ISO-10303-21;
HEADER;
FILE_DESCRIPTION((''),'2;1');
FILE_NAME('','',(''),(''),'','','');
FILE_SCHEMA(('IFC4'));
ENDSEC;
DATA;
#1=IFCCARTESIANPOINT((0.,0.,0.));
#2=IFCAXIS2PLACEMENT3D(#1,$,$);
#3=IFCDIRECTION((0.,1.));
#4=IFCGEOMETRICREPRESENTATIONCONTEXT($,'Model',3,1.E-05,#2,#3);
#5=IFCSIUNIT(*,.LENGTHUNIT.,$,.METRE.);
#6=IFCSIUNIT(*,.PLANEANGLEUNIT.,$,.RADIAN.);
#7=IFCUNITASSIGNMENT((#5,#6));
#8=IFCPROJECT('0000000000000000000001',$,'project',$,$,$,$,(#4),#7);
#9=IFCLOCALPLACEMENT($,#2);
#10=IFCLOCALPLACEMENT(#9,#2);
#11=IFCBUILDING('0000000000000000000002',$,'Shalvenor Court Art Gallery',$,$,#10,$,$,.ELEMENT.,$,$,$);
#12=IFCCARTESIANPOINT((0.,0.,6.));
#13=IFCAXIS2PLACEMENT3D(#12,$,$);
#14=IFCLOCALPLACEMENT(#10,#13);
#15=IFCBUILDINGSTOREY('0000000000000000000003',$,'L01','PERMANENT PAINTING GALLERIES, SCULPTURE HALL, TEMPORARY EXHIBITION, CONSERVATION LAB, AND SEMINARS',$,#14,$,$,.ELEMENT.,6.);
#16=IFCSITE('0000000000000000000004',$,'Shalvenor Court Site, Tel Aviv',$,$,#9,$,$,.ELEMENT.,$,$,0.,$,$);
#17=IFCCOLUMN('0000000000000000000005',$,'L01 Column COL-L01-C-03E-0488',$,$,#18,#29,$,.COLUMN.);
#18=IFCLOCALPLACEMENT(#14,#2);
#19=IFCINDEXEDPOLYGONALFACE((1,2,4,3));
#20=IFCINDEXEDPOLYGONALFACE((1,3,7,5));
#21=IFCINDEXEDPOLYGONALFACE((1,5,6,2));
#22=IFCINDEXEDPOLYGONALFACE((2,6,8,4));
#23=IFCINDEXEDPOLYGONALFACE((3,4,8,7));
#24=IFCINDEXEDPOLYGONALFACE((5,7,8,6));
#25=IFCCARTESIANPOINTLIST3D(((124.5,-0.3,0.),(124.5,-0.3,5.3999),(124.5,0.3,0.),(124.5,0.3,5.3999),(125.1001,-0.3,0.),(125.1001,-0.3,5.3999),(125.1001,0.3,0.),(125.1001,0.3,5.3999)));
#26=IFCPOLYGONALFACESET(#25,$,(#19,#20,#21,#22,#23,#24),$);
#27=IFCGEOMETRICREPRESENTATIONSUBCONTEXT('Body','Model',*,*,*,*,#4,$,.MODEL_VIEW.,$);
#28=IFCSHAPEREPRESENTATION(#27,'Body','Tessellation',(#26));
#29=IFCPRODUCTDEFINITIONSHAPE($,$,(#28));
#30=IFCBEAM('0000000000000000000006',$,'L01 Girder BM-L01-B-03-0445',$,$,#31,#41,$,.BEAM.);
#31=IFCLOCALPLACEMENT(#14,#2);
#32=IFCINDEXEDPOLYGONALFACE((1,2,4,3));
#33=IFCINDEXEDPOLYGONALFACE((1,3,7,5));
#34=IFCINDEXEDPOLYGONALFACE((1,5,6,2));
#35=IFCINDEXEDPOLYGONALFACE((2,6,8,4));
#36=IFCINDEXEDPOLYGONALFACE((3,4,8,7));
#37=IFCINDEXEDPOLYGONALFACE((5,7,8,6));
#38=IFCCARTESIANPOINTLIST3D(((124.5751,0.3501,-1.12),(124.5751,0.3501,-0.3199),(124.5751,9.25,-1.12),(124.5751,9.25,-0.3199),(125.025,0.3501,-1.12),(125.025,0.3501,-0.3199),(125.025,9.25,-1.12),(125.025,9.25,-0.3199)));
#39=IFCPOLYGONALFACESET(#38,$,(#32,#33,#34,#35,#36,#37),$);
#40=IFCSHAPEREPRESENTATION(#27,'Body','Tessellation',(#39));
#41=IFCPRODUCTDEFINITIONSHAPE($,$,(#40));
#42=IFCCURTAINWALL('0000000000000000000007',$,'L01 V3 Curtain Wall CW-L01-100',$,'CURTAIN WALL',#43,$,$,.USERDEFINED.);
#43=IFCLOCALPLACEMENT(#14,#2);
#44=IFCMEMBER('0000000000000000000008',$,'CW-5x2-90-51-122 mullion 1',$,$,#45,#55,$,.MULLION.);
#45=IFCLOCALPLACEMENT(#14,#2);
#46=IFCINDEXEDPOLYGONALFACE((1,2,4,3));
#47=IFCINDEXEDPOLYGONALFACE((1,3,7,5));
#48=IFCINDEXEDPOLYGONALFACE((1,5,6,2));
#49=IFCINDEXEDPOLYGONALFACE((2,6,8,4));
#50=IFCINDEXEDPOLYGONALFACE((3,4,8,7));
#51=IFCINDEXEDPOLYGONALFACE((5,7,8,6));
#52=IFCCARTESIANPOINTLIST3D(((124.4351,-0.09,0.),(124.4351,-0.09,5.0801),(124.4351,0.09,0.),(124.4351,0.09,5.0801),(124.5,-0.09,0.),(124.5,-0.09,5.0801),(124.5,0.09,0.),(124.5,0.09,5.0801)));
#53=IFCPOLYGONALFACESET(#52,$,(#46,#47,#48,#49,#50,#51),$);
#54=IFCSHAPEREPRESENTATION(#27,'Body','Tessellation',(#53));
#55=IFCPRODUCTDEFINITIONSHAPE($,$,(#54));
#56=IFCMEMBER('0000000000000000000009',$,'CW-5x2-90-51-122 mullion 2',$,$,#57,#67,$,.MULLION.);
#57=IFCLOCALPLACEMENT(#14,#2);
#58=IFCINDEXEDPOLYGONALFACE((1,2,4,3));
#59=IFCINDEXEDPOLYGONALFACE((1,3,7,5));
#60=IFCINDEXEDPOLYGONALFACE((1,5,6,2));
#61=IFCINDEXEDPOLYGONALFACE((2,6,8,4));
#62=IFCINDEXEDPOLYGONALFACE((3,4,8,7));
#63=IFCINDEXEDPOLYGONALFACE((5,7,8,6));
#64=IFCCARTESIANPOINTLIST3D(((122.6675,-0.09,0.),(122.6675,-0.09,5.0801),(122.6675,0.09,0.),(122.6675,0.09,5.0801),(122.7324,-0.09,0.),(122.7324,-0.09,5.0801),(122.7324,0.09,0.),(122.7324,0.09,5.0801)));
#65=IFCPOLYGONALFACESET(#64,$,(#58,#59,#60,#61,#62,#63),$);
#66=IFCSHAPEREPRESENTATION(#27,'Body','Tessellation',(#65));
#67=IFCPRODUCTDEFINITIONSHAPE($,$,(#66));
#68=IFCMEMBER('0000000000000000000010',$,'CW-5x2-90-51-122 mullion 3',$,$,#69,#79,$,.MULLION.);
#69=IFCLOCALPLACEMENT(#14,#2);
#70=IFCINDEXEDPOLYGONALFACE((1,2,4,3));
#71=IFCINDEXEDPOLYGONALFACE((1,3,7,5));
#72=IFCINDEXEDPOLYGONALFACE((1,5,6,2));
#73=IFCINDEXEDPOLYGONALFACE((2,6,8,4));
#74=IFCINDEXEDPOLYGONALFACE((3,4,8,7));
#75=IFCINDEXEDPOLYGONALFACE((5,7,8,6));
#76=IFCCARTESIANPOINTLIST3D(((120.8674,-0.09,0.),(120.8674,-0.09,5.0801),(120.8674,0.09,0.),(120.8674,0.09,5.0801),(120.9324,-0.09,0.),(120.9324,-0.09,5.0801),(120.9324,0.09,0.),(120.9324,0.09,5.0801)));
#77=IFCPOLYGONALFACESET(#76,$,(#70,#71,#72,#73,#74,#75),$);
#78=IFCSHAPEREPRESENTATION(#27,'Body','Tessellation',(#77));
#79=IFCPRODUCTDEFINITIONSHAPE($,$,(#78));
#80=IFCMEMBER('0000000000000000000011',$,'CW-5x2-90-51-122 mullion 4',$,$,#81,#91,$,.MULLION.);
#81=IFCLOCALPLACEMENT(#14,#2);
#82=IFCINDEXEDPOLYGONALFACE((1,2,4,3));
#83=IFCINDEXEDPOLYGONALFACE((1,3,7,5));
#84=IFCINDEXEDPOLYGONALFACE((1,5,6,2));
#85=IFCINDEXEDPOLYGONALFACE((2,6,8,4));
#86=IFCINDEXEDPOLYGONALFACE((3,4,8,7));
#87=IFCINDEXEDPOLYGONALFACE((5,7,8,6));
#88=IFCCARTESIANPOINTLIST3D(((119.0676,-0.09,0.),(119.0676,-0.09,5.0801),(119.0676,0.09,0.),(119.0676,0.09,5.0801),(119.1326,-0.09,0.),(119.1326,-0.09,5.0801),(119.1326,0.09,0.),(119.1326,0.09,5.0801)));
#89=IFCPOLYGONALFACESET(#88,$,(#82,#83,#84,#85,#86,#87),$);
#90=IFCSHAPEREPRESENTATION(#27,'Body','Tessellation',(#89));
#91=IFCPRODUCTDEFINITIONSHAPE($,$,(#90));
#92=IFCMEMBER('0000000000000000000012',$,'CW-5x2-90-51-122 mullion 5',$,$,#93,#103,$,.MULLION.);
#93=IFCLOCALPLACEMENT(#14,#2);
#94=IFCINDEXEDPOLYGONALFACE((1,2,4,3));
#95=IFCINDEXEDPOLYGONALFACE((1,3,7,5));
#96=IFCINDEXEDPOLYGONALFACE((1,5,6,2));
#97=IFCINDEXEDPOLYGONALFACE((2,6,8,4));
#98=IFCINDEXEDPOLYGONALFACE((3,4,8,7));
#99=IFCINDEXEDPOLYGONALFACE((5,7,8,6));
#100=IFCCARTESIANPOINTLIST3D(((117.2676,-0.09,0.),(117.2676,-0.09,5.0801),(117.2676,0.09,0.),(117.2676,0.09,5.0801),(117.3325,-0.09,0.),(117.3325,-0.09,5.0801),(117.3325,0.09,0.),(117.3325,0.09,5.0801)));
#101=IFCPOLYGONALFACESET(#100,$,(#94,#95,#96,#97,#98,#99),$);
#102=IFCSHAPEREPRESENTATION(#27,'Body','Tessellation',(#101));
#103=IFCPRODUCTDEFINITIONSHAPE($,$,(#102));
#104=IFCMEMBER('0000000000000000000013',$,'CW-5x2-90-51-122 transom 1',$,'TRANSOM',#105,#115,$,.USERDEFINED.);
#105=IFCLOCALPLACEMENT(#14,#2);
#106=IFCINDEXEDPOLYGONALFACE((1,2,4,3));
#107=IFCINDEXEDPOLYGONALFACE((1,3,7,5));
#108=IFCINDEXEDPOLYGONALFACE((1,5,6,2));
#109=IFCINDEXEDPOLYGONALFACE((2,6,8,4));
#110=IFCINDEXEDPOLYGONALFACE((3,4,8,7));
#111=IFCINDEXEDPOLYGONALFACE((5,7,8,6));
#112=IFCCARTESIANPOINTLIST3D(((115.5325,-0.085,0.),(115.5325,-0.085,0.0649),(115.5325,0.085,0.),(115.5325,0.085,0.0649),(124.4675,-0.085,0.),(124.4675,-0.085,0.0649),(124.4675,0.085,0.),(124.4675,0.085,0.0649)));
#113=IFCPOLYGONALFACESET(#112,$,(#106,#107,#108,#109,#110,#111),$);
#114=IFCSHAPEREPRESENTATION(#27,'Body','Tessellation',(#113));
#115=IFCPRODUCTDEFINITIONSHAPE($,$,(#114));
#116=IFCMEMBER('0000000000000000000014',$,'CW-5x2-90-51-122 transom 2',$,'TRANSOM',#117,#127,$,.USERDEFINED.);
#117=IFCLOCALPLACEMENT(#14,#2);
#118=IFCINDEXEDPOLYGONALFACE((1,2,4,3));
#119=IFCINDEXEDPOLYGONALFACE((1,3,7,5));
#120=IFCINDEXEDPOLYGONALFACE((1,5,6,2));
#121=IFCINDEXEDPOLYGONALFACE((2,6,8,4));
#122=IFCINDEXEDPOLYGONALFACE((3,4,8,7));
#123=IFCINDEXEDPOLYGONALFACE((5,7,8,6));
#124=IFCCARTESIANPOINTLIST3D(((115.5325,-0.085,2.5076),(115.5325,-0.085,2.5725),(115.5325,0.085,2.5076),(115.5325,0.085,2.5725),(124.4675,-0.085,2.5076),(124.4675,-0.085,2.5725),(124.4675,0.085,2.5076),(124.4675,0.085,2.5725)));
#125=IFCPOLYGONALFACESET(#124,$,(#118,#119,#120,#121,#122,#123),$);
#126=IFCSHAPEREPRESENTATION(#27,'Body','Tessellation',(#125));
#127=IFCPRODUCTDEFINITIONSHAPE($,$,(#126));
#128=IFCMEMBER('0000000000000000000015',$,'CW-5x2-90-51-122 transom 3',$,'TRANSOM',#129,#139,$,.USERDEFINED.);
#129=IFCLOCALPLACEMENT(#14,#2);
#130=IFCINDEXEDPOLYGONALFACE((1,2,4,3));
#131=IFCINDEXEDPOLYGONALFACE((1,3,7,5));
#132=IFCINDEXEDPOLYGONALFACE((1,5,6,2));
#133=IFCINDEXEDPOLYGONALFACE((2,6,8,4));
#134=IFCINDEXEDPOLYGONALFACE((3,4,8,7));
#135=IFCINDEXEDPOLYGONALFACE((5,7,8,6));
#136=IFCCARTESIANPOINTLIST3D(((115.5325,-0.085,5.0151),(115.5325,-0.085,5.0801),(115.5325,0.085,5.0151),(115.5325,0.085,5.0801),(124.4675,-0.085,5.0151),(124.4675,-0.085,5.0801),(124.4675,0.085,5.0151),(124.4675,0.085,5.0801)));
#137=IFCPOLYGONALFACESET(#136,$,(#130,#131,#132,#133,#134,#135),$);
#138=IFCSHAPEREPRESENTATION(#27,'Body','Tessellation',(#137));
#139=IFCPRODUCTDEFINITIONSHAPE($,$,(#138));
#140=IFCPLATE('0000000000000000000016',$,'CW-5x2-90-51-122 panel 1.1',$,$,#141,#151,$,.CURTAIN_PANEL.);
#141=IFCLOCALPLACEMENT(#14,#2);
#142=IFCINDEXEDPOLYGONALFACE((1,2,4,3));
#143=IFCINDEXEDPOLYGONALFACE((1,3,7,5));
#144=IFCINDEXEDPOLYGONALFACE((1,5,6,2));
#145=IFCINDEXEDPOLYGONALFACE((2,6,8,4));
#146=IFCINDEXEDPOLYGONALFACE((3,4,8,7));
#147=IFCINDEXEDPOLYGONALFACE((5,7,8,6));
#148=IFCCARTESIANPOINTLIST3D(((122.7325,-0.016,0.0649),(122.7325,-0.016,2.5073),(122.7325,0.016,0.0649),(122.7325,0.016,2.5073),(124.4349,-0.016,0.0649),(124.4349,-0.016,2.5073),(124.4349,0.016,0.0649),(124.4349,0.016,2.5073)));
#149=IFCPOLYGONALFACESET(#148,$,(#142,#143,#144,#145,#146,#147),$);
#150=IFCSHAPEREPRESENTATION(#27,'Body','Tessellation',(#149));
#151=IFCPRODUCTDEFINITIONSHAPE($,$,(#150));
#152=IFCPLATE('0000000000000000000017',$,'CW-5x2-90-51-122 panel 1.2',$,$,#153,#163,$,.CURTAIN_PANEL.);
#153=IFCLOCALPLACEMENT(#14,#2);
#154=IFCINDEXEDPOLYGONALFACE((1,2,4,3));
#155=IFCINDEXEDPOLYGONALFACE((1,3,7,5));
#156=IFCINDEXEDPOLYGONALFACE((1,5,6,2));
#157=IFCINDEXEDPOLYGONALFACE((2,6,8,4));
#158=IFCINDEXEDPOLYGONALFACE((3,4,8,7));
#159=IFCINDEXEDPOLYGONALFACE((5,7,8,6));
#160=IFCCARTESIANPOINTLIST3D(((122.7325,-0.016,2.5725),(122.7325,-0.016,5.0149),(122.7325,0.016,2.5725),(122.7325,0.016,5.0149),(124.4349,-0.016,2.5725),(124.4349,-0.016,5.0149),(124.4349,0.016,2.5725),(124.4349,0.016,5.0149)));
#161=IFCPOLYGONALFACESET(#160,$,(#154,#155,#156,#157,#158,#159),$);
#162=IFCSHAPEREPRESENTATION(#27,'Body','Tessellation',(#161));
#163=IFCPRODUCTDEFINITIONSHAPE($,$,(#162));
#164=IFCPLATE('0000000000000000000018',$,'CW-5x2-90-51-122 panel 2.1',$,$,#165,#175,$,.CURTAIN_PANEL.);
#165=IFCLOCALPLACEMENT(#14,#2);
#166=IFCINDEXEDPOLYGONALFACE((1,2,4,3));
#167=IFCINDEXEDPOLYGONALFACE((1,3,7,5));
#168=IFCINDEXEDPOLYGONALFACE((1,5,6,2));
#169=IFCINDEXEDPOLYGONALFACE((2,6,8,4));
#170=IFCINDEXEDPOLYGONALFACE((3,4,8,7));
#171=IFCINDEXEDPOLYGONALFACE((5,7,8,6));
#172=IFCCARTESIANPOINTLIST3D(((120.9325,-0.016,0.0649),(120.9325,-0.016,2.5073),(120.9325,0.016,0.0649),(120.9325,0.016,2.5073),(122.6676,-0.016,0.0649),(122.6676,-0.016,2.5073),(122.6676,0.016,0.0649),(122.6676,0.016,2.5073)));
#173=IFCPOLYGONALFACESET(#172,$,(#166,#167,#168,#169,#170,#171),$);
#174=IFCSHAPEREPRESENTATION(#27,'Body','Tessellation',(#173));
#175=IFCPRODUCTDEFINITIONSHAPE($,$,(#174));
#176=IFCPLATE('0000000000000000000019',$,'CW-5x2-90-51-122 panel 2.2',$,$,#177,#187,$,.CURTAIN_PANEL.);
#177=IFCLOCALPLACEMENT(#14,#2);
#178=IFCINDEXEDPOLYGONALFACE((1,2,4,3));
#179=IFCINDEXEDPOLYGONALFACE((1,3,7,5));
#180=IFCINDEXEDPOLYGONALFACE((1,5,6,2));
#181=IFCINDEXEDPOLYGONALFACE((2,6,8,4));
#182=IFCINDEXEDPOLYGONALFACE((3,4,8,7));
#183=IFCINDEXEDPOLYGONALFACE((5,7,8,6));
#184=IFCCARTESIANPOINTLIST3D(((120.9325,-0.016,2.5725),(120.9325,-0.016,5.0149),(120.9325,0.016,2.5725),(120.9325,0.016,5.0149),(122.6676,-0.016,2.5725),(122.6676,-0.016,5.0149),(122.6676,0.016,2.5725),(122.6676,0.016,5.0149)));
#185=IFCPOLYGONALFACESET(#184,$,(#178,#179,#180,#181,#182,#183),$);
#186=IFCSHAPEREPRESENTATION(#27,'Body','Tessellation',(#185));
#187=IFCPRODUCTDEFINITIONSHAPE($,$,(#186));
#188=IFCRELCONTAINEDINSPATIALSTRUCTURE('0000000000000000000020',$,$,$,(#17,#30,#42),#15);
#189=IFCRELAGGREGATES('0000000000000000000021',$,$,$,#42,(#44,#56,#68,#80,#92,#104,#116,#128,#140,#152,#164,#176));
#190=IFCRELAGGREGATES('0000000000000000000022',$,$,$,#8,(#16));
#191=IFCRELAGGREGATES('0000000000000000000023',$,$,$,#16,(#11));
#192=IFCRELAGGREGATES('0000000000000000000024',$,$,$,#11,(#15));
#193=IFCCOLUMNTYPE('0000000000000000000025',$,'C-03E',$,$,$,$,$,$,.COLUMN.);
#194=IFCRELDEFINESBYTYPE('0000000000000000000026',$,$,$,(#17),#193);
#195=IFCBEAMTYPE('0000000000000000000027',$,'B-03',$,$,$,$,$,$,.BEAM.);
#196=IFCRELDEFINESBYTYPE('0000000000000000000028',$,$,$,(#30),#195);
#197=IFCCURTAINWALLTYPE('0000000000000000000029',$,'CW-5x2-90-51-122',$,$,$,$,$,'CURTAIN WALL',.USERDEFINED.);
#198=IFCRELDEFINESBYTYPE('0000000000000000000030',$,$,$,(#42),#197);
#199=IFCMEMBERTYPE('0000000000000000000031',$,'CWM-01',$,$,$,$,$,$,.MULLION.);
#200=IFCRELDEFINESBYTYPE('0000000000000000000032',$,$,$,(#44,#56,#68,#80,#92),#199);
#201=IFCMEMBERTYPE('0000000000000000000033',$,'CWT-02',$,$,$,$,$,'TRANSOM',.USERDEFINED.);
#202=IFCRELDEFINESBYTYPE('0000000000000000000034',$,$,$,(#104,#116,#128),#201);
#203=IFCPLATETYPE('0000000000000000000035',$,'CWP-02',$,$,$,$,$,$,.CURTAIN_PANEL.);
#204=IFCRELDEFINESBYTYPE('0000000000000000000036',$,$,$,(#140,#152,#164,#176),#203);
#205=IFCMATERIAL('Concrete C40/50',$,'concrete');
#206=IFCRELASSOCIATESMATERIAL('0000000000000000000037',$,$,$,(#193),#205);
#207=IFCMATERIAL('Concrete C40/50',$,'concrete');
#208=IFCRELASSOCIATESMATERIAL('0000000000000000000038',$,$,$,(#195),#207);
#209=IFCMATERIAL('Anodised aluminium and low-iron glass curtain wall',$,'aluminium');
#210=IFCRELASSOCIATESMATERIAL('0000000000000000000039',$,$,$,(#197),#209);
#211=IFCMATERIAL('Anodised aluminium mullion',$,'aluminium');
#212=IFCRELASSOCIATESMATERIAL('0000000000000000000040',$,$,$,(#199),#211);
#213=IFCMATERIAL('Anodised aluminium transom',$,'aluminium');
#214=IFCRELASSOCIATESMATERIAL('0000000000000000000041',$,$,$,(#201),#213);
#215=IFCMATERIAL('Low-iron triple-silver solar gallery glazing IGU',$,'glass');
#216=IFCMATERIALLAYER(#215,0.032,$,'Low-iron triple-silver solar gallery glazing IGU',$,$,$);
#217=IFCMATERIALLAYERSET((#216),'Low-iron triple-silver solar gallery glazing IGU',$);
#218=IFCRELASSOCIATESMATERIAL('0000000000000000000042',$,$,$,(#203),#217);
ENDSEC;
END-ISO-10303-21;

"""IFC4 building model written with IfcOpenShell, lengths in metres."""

from ifc_helpers import new_model, si_unit, direction, frame, origin, origin_2d, place, context, subcontext, project, spatial, rectangle, extrude, material, layer, layer_set, material_profile, profile_set, type_object, element, aggregate, save


model = new_model("IFC4")

# Units and contexts
model_context = context("Model", 3, precision=1e-05, world=origin(), true_north=direction((0.0, 1.0)))
body_context = subcontext(model_context, "Body", "Model", "MODEL_VIEW")
ifc_project = project(units=[si_unit("LENGTHUNIT", "METRE"), si_unit("PLANEANGLEUNIT", "RADIAN")], contexts=[model_context])

# Site, building, storey
site_placement = place(None, origin())
site = spatial("IfcSite", under=ifc_project, at=site_placement, Name="Shalvenor Court Site, Tel Aviv", CompositionType="ELEMENT", RefElevation=0.0)
building_placement = place(site_placement, origin())
building = spatial("IfcBuilding", under=site, at=building_placement, Name="Shalvenor Court Art Gallery", CompositionType="ELEMENT")
storey_placement = place(building_placement, frame((0.0, 0.0, 6.0)))
storey = spatial("IfcBuildingStorey", under=building, at=storey_placement, Name="L01", Description="PERMANENT PAINTING GALLERIES, SCULPTURE HALL, TEMPORARY EXHIBITION, CONSERVATION LAB, AND SEMINARS", CompositionType="ELEMENT", Elevation=6.0)

# Column
ifc_material_1 = material(Name="Concrete C40/50", Category="concrete")
ifc_material_profile_1 = material_profile(ifc_material_1, rectangle(XDim=0.6001, YDim=0.6001, at=origin_2d()), Name="RC 600x600")
ifc_profile_set_1 = profile_set([ifc_material_profile_1], Name="Concrete C40/50")
column_type = type_object("IfcColumnType", Name="C-03E", PredefinedType="COLUMN", material=ifc_profile_set_1)
column_placement = place(storey_placement, frame((124.8, 0.0, 0.0), z_axis=(0.0, 0.0, 1.0), x_axis=(1.0, 0.0, 0.0)))
element("IfcColumn", 1, at=column_placement, inside=storey, type_object=column_type, Name="L01 Column COL-L01-C-03E-0488", PredefinedType="COLUMN", context=body_context, shape_type="SweptSolid", body=[
    extrude(rectangle(XDim=0.6001, YDim=0.6001, at=origin_2d()), origin(), (0.0, 0.0, 1.0), 5.3999),
])

# Beam
ifc_material_2 = material(Name="Concrete C40/50", Category="concrete")
ifc_material_profile_2 = material_profile(ifc_material_2, rectangle(XDim=0.45, YDim=0.8, at=origin_2d()), Name="RC 450x800")
ifc_profile_set_2 = profile_set([ifc_material_profile_2], Name="Concrete C40/50")
beam_type = type_object("IfcBeamType", Name="B-03", PredefinedType="BEAM", material=ifc_profile_set_2)
beam_placement = place(storey_placement, frame((124.8, 0.3501, -0.72), z_axis=(0.0, 1.0, 0.0), x_axis=(-1.0, 0.0, 0.0)))
element("IfcBeam", 2, at=beam_placement, inside=storey, type_object=beam_type, Name="L01 Girder BM-L01-B-03-0445", PredefinedType="BEAM", context=body_context, shape_type="SweptSolid", body=[
    extrude(rectangle(XDim=0.45, YDim=0.8, at=origin_2d()), origin(), (0.0, 0.0, 1.0), 8.8999),
])

# Curtain wall, members, plates
ifc_material_3 = material(Name="Anodised aluminium and low-iron glass curtain wall", Category="aluminium")
curtain_wall_type = type_object("IfcCurtainWallType", Name="CW-5x2-90-51-122", ElementType="CURTAIN WALL", PredefinedType="USERDEFINED", material=ifc_material_3)
curtain_wall_placement = place(storey_placement, origin())
curtain_wall = element("IfcCurtainWall", 3, at=curtain_wall_placement, inside=storey, type_object=curtain_wall_type, Name="L01 V3 Curtain Wall CW-L01-100", ObjectType="CURTAIN WALL", PredefinedType="USERDEFINED")
ifc_material_4 = material(Name="Anodised aluminium mullion", Category="aluminium")
ifc_material_profile_3 = material_profile(ifc_material_4, rectangle(XDim=0.0649, YDim=0.1799, at=origin_2d()), Name="CWM-01")
ifc_profile_set_3 = profile_set([ifc_material_profile_3], Name="Anodised aluminium mullion")
member_type_1 = type_object("IfcMemberType", Name="CWM-01", PredefinedType="MULLION", material=ifc_profile_set_3)
member_1_placement = place(storey_placement, frame((124.4675, 0.0, 0.0), z_axis=(0.0, 0.0, 1.0), x_axis=(-1.0, 0.0, 0.0)))
member_1 = element("IfcMember", 4, at=member_1_placement, type_object=member_type_1, Name="CW-5x2-90-51-122 mullion 1", PredefinedType="MULLION", context=body_context, shape_type="SweptSolid", body=[
    extrude(rectangle(XDim=0.0649, YDim=0.1799, at=origin_2d()), origin(), (0.0, 0.0, 1.0), 5.0801),
])
member_2_placement = place(storey_placement, frame((122.7, 0.0, 0.0), z_axis=(0.0, 0.0, 1.0), x_axis=(-1.0, 0.0, 0.0)))
member_2 = element("IfcMember", 5, at=member_2_placement, type_object=member_type_1, Name="CW-5x2-90-51-122 mullion 2", PredefinedType="MULLION", context=body_context, shape_type="SweptSolid", body=[
    extrude(rectangle(XDim=0.0649, YDim=0.1799, at=origin_2d()), origin(), (0.0, 0.0, 1.0), 5.0801),
])
member_3_placement = place(storey_placement, frame((120.8999, 0.0, 0.0), z_axis=(0.0, 0.0, 1.0), x_axis=(-1.0, 0.0, 0.0)))
member_3 = element("IfcMember", 6, at=member_3_placement, type_object=member_type_1, Name="CW-5x2-90-51-122 mullion 3", PredefinedType="MULLION", context=body_context, shape_type="SweptSolid", body=[
    extrude(rectangle(XDim=0.0649, YDim=0.1799, at=origin_2d()), origin(), (0.0, 0.0, 1.0), 5.0801),
])
member_4_placement = place(storey_placement, frame((119.1001, 0.0, 0.0), z_axis=(0.0, 0.0, 1.0), x_axis=(-1.0, 0.0, 0.0)))
member_4 = element("IfcMember", 7, at=member_4_placement, type_object=member_type_1, Name="CW-5x2-90-51-122 mullion 4", PredefinedType="MULLION", context=body_context, shape_type="SweptSolid", body=[
    extrude(rectangle(XDim=0.0649, YDim=0.1799, at=origin_2d()), origin(), (0.0, 0.0, 1.0), 5.0801),
])
member_5_placement = place(storey_placement, frame((117.3, 0.0, 0.0), z_axis=(0.0, 0.0, 1.0), x_axis=(-1.0, 0.0, 0.0)))
member_5 = element("IfcMember", 8, at=member_5_placement, type_object=member_type_1, Name="CW-5x2-90-51-122 mullion 5", PredefinedType="MULLION", context=body_context, shape_type="SweptSolid", body=[
    extrude(rectangle(XDim=0.0649, YDim=0.1799, at=origin_2d()), origin(), (0.0, 0.0, 1.0), 5.0801),
])
ifc_material_5 = material(Name="Anodised aluminium transom", Category="aluminium")
ifc_material_profile_4 = material_profile(ifc_material_5, rectangle(XDim=0.1699, YDim=0.0649, at=origin_2d()), Name="CWT-02")
ifc_profile_set_4 = profile_set([ifc_material_profile_4], Name="Anodised aluminium transom")
member_type_2 = type_object("IfcMemberType", Name="CWT-02", ElementType="TRANSOM", PredefinedType="USERDEFINED", material=ifc_profile_set_4)
member_6_placement = place(storey_placement, frame((124.4675, 0.0, 0.0325), z_axis=(-1.0, 0.0, 0.0), x_axis=(0.0, -1.0, 0.0)))
member_6 = element("IfcMember", 9, at=member_6_placement, type_object=member_type_2, Name="CW-5x2-90-51-122 transom 1", ObjectType="TRANSOM", PredefinedType="USERDEFINED", context=body_context, shape_type="SweptSolid", body=[
    extrude(rectangle(XDim=0.1699, YDim=0.0649, at=origin_2d()), origin(), (0.0, 0.0, 1.0), 8.9351),
])
member_7_placement = place(storey_placement, frame((124.4675, 0.0, 2.54), z_axis=(-1.0, 0.0, 0.0), x_axis=(0.0, -1.0, 0.0)))
member_7 = element("IfcMember", 10, at=member_7_placement, type_object=member_type_2, Name="CW-5x2-90-51-122 transom 2", ObjectType="TRANSOM", PredefinedType="USERDEFINED", context=body_context, shape_type="SweptSolid", body=[
    extrude(rectangle(XDim=0.1699, YDim=0.0649, at=origin_2d()), origin(), (0.0, 0.0, 1.0), 8.9351),
])
member_8_placement = place(storey_placement, frame((124.4675, 0.0, 5.0476), z_axis=(-1.0, 0.0, 0.0), x_axis=(0.0, -1.0, 0.0)))
member_8 = element("IfcMember", 11, at=member_8_placement, type_object=member_type_2, Name="CW-5x2-90-51-122 transom 3", ObjectType="TRANSOM", PredefinedType="USERDEFINED", context=body_context, shape_type="SweptSolid", body=[
    extrude(rectangle(XDim=0.1699, YDim=0.0649, at=origin_2d()), origin(), (0.0, 0.0, 1.0), 8.9351),
])
ifc_material_6 = material(Name="Low-iron triple-silver solar gallery glazing IGU", Category="glass")
ifc_layer_1 = layer(ifc_material_6, 0.032, Name="Low-iron triple-silver solar gallery glazing IGU")
ifc_layer_set_1 = layer_set([ifc_layer_1], Name="Low-iron triple-silver solar gallery glazing IGU")
plate_type_1 = type_object("IfcPlateType", Name="CWP-02", PredefinedType="CURTAIN_PANEL", material=ifc_layer_set_1)
plate_1_placement = place(storey_placement, frame((123.5837, 0.0, 0.0649), z_axis=(0.0, 0.0, 1.0), x_axis=(-1.0, 0.0, 0.0)))
plate_1 = element("IfcPlate", 12, at=plate_1_placement, type_object=plate_type_1, Name="CW-5x2-90-51-122 panel 1.1", PredefinedType="CURTAIN_PANEL", context=body_context, shape_type="SweptSolid", body=[
    extrude(rectangle(XDim=1.7024, YDim=0.032, at=origin_2d()), origin(), (0.0, 0.0, 1.0), 2.4424),
])
plate_2_placement = place(storey_placement, frame((123.5837, 0.0, 2.5725), z_axis=(0.0, 0.0, 1.0), x_axis=(-1.0, 0.0, 0.0)))
plate_2 = element("IfcPlate", 13, at=plate_2_placement, type_object=plate_type_1, Name="CW-5x2-90-51-122 panel 1.2", PredefinedType="CURTAIN_PANEL", context=body_context, shape_type="SweptSolid", body=[
    extrude(rectangle(XDim=1.7024, YDim=0.032, at=origin_2d()), origin(), (0.0, 0.0, 1.0), 2.4424),
])
plate_3_placement = place(storey_placement, frame((121.8, 0.0, 0.0649), z_axis=(0.0, 0.0, 1.0), x_axis=(-1.0, 0.0, 0.0)))
plate_3 = element("IfcPlate", 14, at=plate_3_placement, type_object=plate_type_1, Name="CW-5x2-90-51-122 panel 2.1", PredefinedType="CURTAIN_PANEL", context=body_context, shape_type="SweptSolid", body=[
    extrude(rectangle(XDim=1.7351, YDim=0.032, at=origin_2d()), origin(), (0.0, 0.0, 1.0), 2.4424),
])
plate_4_placement = place(storey_placement, frame((121.8, 0.0, 2.5725), z_axis=(0.0, 0.0, 1.0), x_axis=(-1.0, 0.0, 0.0)))
plate_4 = element("IfcPlate", 15, at=plate_4_placement, type_object=plate_type_1, Name="CW-5x2-90-51-122 panel 2.2", PredefinedType="CURTAIN_PANEL", context=body_context, shape_type="SweptSolid", body=[
    extrude(rectangle(XDim=1.7351, YDim=0.032, at=origin_2d()), origin(), (0.0, 0.0, 1.0), 2.4424),
])
aggregate(curtain_wall, [member_1, member_2, member_3, member_4, member_5, member_6, member_7, member_8, plate_1, plate_2, plate_3, plate_4])

save(model, "model.ifc")
